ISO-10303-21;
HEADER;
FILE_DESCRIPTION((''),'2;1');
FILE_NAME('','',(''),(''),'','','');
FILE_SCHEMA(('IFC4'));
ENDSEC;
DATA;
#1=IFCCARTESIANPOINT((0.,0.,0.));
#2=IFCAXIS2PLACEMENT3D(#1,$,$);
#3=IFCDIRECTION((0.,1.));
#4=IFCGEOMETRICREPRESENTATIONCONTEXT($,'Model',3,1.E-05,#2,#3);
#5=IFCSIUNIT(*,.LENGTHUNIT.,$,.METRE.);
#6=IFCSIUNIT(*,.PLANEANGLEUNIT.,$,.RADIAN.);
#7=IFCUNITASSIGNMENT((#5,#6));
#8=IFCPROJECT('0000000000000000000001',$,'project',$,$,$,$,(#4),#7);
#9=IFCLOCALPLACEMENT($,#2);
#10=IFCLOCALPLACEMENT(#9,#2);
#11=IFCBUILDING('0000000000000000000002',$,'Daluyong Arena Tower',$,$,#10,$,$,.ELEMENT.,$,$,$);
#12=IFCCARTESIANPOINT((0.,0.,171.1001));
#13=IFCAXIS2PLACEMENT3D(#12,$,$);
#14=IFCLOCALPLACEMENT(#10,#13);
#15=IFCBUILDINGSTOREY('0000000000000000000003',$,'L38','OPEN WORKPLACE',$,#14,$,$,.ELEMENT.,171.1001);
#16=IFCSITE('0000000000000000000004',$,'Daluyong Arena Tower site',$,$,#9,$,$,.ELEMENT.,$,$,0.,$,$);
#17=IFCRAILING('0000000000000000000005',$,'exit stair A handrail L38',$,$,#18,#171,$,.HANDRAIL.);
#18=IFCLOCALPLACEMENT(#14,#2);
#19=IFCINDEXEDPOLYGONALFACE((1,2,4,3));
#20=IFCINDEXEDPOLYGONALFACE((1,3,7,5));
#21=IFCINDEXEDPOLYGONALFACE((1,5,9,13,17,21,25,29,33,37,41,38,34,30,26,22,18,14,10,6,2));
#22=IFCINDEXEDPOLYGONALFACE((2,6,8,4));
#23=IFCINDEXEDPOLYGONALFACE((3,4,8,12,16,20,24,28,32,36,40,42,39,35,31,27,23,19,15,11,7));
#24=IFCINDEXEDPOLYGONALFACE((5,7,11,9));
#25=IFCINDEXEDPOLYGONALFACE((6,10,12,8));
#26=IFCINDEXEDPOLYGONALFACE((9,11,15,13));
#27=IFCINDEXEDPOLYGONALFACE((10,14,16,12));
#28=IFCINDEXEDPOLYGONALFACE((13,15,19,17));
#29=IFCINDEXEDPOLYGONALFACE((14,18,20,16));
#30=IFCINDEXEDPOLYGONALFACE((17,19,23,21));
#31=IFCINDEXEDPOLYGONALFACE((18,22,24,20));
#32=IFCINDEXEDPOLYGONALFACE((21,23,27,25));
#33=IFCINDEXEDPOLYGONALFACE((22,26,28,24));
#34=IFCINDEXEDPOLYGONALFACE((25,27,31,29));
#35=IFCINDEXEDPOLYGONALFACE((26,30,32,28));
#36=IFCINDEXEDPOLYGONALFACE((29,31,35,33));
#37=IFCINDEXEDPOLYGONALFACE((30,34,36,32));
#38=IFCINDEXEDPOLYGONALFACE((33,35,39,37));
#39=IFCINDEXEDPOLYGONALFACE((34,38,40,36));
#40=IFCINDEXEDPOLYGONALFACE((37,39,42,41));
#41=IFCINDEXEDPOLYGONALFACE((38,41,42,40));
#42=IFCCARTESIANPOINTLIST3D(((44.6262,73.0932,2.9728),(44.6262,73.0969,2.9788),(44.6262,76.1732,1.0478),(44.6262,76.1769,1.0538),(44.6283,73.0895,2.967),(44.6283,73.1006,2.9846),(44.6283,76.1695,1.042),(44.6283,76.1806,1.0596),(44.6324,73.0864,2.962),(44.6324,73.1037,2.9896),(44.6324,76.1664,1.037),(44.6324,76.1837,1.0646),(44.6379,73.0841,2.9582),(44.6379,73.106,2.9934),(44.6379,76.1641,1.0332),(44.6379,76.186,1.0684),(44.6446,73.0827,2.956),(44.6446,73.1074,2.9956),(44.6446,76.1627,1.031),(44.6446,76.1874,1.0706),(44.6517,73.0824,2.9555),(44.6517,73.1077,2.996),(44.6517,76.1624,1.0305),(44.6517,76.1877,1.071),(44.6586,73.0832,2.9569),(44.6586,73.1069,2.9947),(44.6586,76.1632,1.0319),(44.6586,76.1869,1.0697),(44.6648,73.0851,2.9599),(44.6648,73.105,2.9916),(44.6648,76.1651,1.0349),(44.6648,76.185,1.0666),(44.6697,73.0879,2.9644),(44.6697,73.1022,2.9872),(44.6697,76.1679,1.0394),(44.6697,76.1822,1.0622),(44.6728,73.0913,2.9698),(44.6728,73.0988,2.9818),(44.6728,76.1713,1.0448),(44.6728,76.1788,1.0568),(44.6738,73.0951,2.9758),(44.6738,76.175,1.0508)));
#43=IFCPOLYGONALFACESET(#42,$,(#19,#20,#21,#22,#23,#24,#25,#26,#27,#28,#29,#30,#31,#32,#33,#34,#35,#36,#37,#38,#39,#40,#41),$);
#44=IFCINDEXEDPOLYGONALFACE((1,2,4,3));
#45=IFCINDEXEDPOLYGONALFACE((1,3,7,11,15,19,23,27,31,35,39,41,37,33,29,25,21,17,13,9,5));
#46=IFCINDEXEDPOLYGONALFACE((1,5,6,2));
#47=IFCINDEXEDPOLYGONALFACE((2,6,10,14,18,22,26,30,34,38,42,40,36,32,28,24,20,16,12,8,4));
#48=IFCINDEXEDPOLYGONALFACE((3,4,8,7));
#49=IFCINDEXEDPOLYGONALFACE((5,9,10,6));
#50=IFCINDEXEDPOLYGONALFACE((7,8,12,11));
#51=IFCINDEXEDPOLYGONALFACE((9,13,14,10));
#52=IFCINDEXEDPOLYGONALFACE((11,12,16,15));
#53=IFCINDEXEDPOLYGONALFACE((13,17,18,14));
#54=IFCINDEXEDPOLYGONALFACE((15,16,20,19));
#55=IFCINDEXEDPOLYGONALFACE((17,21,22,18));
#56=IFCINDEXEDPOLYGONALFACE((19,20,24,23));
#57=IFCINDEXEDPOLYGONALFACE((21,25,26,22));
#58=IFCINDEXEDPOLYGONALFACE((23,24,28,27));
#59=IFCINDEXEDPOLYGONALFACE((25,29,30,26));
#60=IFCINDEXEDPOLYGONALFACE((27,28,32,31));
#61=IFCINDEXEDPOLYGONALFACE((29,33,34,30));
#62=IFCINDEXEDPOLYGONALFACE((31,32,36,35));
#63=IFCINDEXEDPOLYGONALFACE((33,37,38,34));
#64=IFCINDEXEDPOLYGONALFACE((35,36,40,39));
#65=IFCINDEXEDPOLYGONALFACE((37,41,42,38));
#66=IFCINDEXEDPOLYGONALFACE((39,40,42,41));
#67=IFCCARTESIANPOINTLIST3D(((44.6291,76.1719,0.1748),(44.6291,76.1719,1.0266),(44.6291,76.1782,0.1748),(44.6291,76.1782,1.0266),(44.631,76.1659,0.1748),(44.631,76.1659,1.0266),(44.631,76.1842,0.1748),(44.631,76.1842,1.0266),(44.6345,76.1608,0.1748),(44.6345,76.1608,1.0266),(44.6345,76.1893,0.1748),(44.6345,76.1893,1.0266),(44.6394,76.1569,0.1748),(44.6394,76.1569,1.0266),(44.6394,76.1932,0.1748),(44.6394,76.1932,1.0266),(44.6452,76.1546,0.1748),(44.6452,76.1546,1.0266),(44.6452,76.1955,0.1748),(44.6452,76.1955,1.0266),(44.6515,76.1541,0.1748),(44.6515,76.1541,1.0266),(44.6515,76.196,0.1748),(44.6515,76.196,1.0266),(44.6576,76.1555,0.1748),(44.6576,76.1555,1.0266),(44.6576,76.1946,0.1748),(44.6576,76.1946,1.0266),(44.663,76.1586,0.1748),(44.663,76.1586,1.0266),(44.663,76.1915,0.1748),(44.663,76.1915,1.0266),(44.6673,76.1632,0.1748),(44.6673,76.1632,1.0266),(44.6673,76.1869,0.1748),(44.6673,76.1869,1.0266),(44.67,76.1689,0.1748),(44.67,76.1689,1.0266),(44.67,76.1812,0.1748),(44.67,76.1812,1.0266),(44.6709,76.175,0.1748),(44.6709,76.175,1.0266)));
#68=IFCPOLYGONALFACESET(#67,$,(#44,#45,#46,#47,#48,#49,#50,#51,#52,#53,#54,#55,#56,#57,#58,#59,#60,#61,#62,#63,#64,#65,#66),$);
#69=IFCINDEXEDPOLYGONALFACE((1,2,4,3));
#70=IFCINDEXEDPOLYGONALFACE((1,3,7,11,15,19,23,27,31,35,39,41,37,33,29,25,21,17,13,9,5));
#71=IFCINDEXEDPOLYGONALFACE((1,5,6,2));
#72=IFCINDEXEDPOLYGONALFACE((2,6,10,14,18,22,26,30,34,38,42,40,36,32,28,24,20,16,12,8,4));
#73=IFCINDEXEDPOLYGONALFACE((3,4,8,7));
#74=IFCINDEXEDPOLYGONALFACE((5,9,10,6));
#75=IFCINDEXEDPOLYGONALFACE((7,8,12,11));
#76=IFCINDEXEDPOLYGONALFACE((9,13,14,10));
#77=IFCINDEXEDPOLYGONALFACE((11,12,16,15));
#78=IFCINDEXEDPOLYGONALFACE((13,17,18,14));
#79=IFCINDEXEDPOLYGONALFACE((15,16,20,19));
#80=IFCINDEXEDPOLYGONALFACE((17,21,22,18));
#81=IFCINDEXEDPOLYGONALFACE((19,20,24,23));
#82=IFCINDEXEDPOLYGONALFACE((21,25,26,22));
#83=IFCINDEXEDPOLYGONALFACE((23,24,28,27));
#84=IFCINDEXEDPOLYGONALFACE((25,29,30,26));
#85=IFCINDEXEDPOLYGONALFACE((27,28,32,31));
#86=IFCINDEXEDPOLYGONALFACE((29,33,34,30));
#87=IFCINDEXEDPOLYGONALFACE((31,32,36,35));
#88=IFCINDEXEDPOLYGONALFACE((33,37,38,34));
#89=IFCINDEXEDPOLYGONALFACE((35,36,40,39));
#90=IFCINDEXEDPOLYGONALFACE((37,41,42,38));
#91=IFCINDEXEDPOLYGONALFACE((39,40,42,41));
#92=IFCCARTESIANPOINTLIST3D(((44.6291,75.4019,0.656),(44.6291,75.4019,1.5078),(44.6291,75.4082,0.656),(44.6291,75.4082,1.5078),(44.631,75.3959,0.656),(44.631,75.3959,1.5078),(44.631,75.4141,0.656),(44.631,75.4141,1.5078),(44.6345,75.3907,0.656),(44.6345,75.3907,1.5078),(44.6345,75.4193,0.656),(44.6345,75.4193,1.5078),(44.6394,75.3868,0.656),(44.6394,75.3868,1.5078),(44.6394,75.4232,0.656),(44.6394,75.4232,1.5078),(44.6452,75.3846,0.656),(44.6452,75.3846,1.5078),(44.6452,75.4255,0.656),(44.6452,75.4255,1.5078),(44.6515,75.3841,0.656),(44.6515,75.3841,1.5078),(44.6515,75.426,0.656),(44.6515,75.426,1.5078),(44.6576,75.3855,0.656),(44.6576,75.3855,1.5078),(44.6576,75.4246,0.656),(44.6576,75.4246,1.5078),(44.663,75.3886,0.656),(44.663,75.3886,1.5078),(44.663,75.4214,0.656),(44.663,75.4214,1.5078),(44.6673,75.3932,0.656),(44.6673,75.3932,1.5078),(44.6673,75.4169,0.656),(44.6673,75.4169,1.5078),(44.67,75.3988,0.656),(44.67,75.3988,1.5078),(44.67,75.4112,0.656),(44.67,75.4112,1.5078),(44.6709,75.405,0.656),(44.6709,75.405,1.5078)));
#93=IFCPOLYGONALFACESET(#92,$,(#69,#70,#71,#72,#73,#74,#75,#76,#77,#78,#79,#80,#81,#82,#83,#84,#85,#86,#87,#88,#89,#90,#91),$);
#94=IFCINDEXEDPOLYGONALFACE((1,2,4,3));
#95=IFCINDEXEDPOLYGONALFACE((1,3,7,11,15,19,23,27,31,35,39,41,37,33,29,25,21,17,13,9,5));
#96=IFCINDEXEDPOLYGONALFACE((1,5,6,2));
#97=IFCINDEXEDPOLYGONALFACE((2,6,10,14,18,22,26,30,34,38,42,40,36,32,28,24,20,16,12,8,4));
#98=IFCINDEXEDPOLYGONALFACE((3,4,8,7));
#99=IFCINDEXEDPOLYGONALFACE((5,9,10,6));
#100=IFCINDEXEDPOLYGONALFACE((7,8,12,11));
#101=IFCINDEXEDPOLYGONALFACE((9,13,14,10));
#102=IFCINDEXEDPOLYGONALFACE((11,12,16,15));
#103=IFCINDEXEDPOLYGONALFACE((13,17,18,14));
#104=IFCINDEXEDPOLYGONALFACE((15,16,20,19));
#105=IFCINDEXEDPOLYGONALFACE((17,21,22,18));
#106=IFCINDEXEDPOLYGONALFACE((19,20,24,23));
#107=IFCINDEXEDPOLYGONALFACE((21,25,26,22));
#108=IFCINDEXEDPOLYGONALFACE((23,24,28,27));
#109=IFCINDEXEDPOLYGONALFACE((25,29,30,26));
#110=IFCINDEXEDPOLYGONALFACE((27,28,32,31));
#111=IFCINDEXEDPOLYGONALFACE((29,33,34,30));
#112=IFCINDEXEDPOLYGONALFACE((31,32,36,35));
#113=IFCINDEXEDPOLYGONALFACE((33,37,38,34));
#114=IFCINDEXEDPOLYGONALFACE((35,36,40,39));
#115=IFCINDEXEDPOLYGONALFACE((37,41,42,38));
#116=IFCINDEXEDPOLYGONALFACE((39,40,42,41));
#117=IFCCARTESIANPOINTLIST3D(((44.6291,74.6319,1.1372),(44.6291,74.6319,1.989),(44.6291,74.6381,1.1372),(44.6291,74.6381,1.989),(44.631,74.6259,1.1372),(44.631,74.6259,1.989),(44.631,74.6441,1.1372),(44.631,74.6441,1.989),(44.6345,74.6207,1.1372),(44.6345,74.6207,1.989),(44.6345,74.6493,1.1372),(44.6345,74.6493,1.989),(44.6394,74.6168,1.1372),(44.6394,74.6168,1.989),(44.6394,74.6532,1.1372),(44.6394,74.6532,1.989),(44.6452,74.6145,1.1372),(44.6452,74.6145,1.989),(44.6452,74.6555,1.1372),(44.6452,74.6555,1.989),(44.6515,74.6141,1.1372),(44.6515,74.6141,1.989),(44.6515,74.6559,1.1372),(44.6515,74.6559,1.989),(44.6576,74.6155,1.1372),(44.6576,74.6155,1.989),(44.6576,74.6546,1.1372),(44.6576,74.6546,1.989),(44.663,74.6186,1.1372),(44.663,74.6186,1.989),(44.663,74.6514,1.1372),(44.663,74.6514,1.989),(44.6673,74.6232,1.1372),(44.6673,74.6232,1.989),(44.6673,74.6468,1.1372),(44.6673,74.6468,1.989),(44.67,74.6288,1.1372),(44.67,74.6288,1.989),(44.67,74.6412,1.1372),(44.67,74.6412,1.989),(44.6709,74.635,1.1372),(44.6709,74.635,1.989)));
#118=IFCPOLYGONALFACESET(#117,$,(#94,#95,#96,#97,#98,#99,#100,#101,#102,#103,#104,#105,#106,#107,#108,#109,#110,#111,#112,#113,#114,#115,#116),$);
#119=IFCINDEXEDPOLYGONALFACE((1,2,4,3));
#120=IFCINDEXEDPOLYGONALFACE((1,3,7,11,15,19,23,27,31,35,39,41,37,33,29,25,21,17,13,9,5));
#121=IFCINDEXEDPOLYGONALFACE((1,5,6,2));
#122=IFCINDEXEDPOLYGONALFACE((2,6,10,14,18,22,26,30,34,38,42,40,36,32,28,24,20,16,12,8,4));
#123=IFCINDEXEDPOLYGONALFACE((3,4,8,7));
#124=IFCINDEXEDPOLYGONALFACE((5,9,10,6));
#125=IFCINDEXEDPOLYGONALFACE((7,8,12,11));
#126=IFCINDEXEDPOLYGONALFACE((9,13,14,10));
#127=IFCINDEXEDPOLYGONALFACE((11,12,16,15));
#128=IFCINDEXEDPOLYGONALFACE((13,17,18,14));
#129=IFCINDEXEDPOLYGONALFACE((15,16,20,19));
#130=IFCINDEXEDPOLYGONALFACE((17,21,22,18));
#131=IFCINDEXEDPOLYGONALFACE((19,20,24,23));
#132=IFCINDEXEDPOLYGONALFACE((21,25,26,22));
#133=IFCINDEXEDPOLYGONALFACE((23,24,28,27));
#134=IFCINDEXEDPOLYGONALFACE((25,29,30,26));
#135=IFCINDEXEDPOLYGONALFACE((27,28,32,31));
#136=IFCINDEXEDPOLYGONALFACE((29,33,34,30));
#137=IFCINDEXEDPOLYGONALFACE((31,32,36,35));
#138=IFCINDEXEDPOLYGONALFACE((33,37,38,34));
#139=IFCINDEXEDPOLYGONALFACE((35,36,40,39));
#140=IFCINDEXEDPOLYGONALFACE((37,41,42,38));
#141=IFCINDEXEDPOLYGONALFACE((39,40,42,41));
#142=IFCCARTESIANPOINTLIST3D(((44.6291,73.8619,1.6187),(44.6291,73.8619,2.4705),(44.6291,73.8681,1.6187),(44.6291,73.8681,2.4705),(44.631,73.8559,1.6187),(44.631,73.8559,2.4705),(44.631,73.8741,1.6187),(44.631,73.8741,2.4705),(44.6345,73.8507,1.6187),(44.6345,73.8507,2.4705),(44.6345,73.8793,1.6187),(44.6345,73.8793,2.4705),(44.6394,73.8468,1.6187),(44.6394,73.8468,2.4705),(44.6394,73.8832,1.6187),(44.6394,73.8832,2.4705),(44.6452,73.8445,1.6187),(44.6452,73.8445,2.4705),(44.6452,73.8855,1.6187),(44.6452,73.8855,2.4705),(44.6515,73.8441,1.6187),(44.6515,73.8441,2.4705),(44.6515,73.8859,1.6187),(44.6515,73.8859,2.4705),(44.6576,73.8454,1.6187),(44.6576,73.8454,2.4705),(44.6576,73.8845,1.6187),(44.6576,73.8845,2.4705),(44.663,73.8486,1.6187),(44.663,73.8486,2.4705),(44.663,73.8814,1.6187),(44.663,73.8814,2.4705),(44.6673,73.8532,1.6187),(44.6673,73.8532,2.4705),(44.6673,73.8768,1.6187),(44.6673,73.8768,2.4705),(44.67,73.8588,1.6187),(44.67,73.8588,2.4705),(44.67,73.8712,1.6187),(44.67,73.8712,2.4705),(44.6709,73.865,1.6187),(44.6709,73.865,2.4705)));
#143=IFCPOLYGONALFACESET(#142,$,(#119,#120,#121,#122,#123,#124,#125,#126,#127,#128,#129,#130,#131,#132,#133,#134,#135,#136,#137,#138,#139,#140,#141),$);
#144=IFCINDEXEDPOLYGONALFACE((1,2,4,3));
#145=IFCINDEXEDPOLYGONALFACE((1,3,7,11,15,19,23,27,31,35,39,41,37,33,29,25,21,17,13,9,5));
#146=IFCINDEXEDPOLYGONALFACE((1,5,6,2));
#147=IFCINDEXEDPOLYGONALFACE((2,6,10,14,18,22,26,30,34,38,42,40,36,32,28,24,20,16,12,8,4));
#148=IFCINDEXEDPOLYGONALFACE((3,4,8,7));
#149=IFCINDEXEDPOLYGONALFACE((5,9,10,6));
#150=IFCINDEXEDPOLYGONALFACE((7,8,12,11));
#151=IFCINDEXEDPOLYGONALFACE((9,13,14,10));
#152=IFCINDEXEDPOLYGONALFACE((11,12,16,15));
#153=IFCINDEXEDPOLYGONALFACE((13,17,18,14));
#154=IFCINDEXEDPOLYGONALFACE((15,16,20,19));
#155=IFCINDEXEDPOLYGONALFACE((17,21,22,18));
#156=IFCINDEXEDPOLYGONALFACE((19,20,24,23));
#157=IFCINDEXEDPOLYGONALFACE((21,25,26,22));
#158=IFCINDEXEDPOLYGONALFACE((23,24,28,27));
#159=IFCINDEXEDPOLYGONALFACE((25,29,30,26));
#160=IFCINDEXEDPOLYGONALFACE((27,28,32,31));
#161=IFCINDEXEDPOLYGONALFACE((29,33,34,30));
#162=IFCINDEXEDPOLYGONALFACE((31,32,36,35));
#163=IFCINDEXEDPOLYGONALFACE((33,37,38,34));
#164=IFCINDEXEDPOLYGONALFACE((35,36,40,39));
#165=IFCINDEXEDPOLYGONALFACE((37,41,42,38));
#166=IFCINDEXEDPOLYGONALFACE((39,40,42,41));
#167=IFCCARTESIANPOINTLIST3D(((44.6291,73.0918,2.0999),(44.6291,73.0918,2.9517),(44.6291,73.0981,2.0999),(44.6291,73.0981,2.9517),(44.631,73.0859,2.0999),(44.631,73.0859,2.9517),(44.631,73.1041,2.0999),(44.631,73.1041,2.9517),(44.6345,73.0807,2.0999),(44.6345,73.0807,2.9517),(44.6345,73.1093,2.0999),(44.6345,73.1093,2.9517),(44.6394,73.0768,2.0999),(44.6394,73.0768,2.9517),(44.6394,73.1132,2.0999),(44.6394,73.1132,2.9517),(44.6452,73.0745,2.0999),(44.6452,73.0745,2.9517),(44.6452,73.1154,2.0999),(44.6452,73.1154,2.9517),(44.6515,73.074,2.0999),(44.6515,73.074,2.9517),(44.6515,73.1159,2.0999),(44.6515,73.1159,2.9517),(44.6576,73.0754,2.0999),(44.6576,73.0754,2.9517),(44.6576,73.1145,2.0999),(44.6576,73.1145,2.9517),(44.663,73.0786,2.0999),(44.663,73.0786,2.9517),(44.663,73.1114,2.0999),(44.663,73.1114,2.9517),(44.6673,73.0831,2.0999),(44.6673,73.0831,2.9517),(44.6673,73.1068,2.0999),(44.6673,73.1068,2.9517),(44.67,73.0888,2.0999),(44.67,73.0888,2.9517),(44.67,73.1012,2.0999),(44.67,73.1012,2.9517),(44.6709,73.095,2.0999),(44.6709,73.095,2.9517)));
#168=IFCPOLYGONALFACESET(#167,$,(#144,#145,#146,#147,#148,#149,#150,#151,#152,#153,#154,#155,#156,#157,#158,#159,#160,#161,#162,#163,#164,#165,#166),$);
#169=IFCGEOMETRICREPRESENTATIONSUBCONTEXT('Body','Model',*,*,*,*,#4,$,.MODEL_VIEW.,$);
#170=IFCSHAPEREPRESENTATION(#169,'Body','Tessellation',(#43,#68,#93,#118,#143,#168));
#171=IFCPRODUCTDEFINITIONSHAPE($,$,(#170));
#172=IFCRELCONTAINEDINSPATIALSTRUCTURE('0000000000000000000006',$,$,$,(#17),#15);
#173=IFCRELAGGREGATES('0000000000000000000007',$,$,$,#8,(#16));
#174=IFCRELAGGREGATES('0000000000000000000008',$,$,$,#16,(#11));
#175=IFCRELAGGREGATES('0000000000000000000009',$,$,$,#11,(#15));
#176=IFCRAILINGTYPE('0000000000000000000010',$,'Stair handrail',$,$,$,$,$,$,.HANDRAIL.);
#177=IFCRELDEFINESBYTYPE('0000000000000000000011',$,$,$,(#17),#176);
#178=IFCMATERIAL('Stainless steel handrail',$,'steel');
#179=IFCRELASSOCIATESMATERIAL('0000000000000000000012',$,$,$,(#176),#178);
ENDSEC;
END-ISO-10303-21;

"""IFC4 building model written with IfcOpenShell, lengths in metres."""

from ifc_helpers import new_model, si_unit, direction, frame, origin, origin_2d, place, context, subcontext, project, spatial, circle, extrude, material, type_object, element, save


model = new_model("IFC4")

# Units and contexts
model_context = context("Model", 3, precision=1e-05, world=origin(), true_north=direction((0.0, 1.0)))
body_context = subcontext(model_context, "Body", "Model", "MODEL_VIEW")
ifc_project = project(units=[si_unit("LENGTHUNIT", "METRE"), si_unit("PLANEANGLEUNIT", "RADIAN")], contexts=[model_context])

# Site, building, storey
site_placement = place(None, origin())
site = spatial("IfcSite", under=ifc_project, at=site_placement, Name="Daluyong Arena Tower site", CompositionType="ELEMENT", RefElevation=0.0)
building_placement = place(site_placement, origin())
building = spatial("IfcBuilding", under=site, at=building_placement, Name="Daluyong Arena Tower", CompositionType="ELEMENT")
storey_placement = place(building_placement, frame((0.0, 0.0, 171.1001)))
storey = spatial("IfcBuildingStorey", under=building, at=storey_placement, Name="L38", Description="OPEN WORKPLACE", CompositionType="ELEMENT", Elevation=171.1001)

# Railing
ifc_material_1 = material(Name="Stainless steel handrail", Category="steel")
railing_type_1 = type_object("IfcRailingType", Name="Stair handrail", PredefinedType="HANDRAIL", material=ifc_material_1)
railing_1_placement = place(storey_placement, frame((44.6499, 76.175, 0.1748)))
element("IfcRailing", 1, at=railing_1_placement, inside=storey, type_object=railing_type_1, Name="exit stair A handrail L38", PredefinedType="HANDRAIL", context=body_context, shape_type="SweptSolid", body=[
    extrude(circle(Radius=0.0239, at=origin_2d()), frame((0.0, 0.0, 0.876), z_axis=(0.0, -0.847998, 0.529999), x_axis=(1.0, 0.0, 0.0)), (0.0, 0.0, 1.0), 3.6321),
    extrude(circle(Radius=0.021, at=origin_2d()), origin(), (0.0, 0.0, 1.0), 0.8518),
    extrude(circle(Radius=0.021, at=origin_2d()), frame((0.0, -0.77, 0.4812)), (0.0, 0.0, 1.0), 0.8518),
    extrude(circle(Radius=0.021, at=origin_2d()), frame((0.0, -1.54, 0.9624)), (0.0, 0.0, 1.0), 0.8518),
    extrude(circle(Radius=0.021, at=origin_2d()), frame((0.0, -2.3101, 1.4438)), (0.0, 0.0, 1.0), 0.8518),
    extrude(circle(Radius=0.021, at=origin_2d()), frame((0.0, -3.0801, 1.925)), (0.0, 0.0, 1.0), 0.8518),
])

save(model, "model.ifc")
